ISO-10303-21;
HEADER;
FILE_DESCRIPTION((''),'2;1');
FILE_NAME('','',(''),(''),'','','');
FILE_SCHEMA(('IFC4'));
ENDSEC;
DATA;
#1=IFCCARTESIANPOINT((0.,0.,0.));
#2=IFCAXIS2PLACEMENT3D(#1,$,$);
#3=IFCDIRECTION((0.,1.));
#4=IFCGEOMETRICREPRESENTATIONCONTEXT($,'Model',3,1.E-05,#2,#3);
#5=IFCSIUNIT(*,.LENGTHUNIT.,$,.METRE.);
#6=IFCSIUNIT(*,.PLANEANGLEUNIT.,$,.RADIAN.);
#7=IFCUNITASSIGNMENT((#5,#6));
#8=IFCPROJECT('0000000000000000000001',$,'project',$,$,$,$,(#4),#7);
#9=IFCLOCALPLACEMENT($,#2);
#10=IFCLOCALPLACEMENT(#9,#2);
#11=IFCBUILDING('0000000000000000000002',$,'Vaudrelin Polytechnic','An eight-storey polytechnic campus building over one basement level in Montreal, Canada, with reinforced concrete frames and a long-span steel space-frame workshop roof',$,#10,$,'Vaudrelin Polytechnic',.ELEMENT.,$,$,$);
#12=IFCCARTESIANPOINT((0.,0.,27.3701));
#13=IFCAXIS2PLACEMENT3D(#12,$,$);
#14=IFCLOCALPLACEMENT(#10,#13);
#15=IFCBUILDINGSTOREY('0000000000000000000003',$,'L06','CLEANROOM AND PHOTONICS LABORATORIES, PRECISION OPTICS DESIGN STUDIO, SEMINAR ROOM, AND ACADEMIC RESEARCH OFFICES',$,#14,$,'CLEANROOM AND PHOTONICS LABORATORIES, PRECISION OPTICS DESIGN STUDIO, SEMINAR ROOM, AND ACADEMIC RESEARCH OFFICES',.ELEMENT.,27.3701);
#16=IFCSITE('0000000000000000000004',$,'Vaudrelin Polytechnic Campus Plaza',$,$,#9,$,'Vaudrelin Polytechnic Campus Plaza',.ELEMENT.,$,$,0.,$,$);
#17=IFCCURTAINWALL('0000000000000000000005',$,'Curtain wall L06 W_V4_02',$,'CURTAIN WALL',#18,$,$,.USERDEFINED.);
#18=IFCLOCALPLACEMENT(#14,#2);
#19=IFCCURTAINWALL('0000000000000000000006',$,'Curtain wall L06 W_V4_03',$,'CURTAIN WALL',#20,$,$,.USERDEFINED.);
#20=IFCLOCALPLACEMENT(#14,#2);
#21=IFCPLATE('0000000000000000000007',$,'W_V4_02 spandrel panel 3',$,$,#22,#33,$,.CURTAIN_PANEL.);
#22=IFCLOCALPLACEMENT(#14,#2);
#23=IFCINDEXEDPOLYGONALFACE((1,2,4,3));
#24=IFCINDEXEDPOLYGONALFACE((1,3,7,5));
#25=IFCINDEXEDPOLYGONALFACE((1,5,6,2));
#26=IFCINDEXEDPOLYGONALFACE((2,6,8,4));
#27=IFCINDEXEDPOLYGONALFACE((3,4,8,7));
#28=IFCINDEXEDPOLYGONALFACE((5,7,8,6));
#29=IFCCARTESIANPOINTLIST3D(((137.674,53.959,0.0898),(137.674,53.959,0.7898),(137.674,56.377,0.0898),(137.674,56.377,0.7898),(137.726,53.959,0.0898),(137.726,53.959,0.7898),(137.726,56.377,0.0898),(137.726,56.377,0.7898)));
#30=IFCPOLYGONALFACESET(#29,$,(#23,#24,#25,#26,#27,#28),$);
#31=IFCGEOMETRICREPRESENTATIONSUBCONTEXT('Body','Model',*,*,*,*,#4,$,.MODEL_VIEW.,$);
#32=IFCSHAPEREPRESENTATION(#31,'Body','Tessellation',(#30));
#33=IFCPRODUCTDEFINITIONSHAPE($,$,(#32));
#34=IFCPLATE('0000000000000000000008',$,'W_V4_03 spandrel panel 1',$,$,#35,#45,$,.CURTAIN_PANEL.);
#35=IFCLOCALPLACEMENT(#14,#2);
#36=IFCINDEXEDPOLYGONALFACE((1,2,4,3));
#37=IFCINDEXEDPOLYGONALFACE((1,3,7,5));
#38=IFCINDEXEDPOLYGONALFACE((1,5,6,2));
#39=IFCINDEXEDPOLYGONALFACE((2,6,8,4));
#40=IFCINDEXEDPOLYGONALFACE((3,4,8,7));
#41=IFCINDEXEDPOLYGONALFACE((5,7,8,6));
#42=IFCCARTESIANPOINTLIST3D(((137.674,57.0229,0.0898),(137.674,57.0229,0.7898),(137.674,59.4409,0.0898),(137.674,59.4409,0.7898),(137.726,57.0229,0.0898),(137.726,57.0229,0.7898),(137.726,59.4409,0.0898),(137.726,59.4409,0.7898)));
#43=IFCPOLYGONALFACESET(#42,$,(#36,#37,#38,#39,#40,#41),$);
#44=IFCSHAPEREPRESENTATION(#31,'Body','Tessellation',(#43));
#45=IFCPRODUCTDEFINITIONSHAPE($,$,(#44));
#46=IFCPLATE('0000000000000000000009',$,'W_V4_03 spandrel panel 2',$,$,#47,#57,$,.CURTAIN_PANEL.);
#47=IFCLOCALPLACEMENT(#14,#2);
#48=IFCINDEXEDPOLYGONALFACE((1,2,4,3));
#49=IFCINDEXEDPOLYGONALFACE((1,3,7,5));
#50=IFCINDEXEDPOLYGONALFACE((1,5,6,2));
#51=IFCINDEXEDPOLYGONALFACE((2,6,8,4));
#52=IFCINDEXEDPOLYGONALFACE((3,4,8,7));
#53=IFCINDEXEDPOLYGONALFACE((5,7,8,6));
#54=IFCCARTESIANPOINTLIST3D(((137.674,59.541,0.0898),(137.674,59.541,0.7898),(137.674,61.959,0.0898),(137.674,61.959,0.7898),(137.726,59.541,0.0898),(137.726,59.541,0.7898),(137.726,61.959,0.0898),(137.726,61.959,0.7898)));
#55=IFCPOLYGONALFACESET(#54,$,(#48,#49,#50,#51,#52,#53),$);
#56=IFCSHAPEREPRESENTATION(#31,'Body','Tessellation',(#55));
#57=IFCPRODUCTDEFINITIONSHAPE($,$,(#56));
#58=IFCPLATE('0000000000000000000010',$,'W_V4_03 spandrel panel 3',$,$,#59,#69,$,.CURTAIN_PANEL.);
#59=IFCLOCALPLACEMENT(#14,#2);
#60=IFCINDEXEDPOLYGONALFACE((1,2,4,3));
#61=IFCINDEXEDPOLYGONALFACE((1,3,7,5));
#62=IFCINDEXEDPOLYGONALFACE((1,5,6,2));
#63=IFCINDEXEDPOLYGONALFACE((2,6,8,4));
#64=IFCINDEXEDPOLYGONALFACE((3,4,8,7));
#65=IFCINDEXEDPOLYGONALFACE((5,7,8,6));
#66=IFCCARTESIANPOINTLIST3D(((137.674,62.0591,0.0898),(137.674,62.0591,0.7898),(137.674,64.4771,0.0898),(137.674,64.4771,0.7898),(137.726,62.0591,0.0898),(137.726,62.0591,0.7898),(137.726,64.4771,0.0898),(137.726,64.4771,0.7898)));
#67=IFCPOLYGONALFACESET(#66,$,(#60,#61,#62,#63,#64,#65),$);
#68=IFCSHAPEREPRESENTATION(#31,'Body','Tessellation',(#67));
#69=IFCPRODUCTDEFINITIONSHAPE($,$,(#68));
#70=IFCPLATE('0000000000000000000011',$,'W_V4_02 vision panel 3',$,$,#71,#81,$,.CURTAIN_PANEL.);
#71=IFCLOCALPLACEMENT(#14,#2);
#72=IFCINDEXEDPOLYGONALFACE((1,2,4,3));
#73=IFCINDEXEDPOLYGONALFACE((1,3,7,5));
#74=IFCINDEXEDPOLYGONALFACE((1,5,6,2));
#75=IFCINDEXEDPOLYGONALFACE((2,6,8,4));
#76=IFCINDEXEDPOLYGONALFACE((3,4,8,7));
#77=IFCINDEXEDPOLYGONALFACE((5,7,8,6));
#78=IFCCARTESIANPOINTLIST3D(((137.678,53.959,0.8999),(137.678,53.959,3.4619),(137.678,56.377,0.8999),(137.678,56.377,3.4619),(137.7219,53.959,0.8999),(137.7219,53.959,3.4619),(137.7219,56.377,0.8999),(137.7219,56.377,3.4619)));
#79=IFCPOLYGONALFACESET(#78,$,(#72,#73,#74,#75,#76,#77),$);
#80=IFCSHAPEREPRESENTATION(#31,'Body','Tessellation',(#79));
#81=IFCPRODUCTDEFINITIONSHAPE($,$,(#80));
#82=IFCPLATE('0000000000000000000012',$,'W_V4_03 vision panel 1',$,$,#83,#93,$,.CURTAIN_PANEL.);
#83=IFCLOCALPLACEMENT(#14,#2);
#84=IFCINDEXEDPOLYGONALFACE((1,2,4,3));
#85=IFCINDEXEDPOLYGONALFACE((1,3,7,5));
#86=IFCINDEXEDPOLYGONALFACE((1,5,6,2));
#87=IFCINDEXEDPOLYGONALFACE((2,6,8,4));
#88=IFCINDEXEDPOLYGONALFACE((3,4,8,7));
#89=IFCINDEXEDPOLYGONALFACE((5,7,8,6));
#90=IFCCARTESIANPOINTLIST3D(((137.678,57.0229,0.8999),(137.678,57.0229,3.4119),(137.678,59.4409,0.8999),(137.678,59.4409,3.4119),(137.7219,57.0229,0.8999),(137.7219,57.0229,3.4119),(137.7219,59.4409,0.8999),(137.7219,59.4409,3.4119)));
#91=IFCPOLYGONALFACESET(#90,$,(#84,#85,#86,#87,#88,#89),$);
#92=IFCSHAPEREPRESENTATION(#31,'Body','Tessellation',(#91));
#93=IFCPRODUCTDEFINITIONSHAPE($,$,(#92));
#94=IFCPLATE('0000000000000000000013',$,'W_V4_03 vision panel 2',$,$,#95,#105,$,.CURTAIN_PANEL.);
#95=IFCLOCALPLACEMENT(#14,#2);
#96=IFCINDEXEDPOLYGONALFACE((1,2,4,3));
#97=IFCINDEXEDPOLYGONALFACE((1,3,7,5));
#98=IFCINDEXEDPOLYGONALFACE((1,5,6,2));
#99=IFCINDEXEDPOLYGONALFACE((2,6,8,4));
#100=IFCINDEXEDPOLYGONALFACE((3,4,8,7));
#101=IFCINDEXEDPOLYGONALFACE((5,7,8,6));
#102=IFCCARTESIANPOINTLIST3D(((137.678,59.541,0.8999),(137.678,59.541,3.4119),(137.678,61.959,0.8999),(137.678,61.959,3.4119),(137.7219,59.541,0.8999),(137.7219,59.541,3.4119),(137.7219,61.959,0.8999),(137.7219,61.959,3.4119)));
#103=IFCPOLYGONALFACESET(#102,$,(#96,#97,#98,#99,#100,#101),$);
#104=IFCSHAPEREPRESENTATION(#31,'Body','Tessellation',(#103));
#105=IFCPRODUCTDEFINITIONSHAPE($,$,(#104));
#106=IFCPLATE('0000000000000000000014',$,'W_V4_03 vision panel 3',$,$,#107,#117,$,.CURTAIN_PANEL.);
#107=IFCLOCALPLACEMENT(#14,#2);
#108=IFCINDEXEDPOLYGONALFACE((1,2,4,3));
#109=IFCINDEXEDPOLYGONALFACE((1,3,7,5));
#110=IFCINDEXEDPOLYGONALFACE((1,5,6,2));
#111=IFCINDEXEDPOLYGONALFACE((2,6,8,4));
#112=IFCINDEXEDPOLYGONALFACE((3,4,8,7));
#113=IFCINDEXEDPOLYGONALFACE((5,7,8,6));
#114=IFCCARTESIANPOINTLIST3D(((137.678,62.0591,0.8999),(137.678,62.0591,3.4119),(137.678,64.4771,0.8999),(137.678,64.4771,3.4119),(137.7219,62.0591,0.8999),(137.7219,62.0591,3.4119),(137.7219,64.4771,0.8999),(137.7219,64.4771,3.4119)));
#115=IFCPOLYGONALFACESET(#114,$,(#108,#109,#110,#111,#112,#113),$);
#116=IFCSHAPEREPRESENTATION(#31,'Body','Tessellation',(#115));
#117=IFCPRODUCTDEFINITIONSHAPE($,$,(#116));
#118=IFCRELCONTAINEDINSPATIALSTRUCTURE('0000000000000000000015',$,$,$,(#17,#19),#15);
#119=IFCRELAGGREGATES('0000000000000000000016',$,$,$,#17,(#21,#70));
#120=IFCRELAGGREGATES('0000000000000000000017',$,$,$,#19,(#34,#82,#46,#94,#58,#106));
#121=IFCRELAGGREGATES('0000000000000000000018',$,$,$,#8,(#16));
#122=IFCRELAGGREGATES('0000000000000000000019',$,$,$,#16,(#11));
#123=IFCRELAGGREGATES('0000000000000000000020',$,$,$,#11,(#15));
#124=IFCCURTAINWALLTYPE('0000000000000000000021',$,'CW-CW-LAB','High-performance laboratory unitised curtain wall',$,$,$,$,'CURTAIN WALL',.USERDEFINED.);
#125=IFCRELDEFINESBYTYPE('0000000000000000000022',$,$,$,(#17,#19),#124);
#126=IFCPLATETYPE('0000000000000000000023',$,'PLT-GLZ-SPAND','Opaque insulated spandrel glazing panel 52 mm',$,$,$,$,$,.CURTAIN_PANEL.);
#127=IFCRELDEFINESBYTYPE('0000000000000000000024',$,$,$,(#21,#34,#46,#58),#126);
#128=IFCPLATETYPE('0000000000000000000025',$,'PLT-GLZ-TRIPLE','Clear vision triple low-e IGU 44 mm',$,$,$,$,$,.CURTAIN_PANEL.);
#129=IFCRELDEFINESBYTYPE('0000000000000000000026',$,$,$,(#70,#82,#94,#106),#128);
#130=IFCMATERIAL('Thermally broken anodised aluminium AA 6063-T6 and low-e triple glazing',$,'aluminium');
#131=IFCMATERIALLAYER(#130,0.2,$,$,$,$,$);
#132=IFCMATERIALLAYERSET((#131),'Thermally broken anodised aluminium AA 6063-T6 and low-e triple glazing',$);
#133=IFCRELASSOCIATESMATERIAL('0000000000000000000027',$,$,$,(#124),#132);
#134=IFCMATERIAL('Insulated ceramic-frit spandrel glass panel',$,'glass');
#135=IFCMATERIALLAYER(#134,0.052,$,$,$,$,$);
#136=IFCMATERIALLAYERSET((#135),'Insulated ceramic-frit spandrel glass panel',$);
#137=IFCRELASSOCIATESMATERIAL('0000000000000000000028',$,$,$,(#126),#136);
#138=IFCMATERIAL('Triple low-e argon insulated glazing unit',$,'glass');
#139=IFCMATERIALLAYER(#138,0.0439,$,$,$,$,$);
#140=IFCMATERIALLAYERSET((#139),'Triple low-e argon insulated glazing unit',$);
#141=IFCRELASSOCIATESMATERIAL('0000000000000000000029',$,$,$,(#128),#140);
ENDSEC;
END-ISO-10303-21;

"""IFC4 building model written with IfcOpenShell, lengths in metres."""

from ifc_helpers import new_model, si_unit, direction, frame, origin, origin_2d, place, context, subcontext, project, spatial, rectangle, extrude, material, layer, layer_set, type_object, element, aggregate, save


model = new_model("IFC4")

# Units and contexts
model_context = context("Model", 3, precision=1e-05, world=origin(), true_north=direction((0.0, 1.0)))
body_context = subcontext(model_context, "Body", "Model", "MODEL_VIEW")
ifc_project = project(units=[si_unit("LENGTHUNIT", "METRE"), si_unit("PLANEANGLEUNIT", "RADIAN")], contexts=[model_context])

# Site, building, storey
site_placement = place(None, origin())
site = spatial("IfcSite", under=ifc_project, at=site_placement, Name="Vaudrelin Polytechnic Campus Plaza", LongName="Vaudrelin Polytechnic Campus Plaza", CompositionType="ELEMENT", RefElevation=0.0)
building_placement = place(site_placement, origin())
building = spatial("IfcBuilding", under=site, at=building_placement, Name="Vaudrelin Polytechnic", Description="An eight-storey polytechnic campus building over one basement level in Montreal, Canada, with reinforced concrete frames and a long-span steel space-frame workshop roof", LongName="Vaudrelin Polytechnic", CompositionType="ELEMENT")
storey_placement = place(building_placement, frame((0.0, 0.0, 27.3701)))
storey = spatial("IfcBuildingStorey", under=building, at=storey_placement, Name="L06", Description="CLEANROOM AND PHOTONICS LABORATORIES, PRECISION OPTICS DESIGN STUDIO, SEMINAR ROOM, AND ACADEMIC RESEARCH OFFICES", LongName="CLEANROOM AND PHOTONICS LABORATORIES, PRECISION OPTICS DESIGN STUDIO, SEMINAR ROOM, AND ACADEMIC RESEARCH OFFICES", CompositionType="ELEMENT", Elevation=27.3701)

# Curtain walls
ifc_material_1 = material(Name="Thermally broken anodised aluminium AA 6063-T6 and low-e triple glazing", Category="aluminium")
ifc_layer_1 = layer(ifc_material_1, 0.2)
ifc_layer_set_1 = layer_set([ifc_layer_1], Name="Thermally broken anodised aluminium AA 6063-T6 and low-e triple glazing")
curtain_wall_type = type_object("IfcCurtainWallType", Name="CW-CW-LAB", Description="High-performance laboratory unitised curtain wall", ElementType="CURTAIN WALL", PredefinedType="USERDEFINED", material=ifc_layer_set_1)
curtain_wall_1_placement = place(storey_placement, origin())
curtain_wall_1 = element("IfcCurtainWall", 1, at=curtain_wall_1_placement, inside=storey, type_object=curtain_wall_type, Name="Curtain wall L06 W_V4_02", ObjectType="CURTAIN WALL", PredefinedType="USERDEFINED")
curtain_wall_2_placement = place(storey_placement, origin())
curtain_wall_2 = element("IfcCurtainWall", 2, at=curtain_wall_2_placement, inside=storey, type_object=curtain_wall_type, Name="Curtain wall L06 W_V4_03", ObjectType="CURTAIN WALL", PredefinedType="USERDEFINED")

# Plates
ifc_material_2 = material(Name="Insulated ceramic-frit spandrel glass panel", Category="glass")
ifc_layer_2 = layer(ifc_material_2, 0.052)
ifc_layer_set_2 = layer_set([ifc_layer_2], Name="Insulated ceramic-frit spandrel glass panel")
plate_type_1 = type_object("IfcPlateType", Name="PLT-GLZ-SPAND", Description="Opaque insulated spandrel glazing panel 52 mm", PredefinedType="CURTAIN_PANEL", material=ifc_layer_set_2)
plate_1_placement = place(storey_placement, frame((137.7, 55.168, 0.0898), z_axis=(0.0, 0.0, 1.0), x_axis=(0.0, 1.0, 0.0)))
plate_1 = element("IfcPlate", 3, at=plate_1_placement, type_object=plate_type_1, Name="W_V4_02 spandrel panel 3", PredefinedType="CURTAIN_PANEL", context=body_context, shape_type="SweptSolid", body=[
    extrude(rectangle(XDim=2.418, YDim=0.052, at=origin_2d()), origin(), (0.0, 0.0, 1.0), 0.7),
])
plate_2_placement = place(storey_placement, frame((137.7, 58.2319, 0.0898), z_axis=(0.0, 0.0, 1.0), x_axis=(0.0, 1.0, 0.0)))
plate_2 = element("IfcPlate", 4, at=plate_2_placement, type_object=plate_type_1, Name="W_V4_03 spandrel panel 1", PredefinedType="CURTAIN_PANEL", context=body_context, shape_type="SweptSolid", body=[
    extrude(rectangle(XDim=2.418, YDim=0.052, at=origin_2d()), origin(), (0.0, 0.0, 1.0), 0.7),
])
plate_3_placement = place(storey_placement, frame((137.7, 60.75, 0.0898), z_axis=(0.0, 0.0, 1.0), x_axis=(0.0, 1.0, 0.0)))
plate_3 = element("IfcPlate", 5, at=plate_3_placement, type_object=plate_type_1, Name="W_V4_03 spandrel panel 2", PredefinedType="CURTAIN_PANEL", context=body_context, shape_type="SweptSolid", body=[
    extrude(rectangle(XDim=2.418, YDim=0.052, at=origin_2d()), origin(), (0.0, 0.0, 1.0), 0.7),
])
plate_4_placement = place(storey_placement, frame((137.7, 63.2681, 0.0898), z_axis=(0.0, 0.0, 1.0), x_axis=(0.0, 1.0, 0.0)))
plate_4 = element("IfcPlate", 6, at=plate_4_placement, type_object=plate_type_1, Name="W_V4_03 spandrel panel 3", PredefinedType="CURTAIN_PANEL", context=body_context, shape_type="SweptSolid", body=[
    extrude(rectangle(XDim=2.418, YDim=0.052, at=origin_2d()), origin(), (0.0, 0.0, 1.0), 0.7),
])
ifc_material_3 = material(Name="Triple low-e argon insulated glazing unit", Category="glass")
ifc_layer_3 = layer(ifc_material_3, 0.0439)
ifc_layer_set_3 = layer_set([ifc_layer_3], Name="Triple low-e argon insulated glazing unit")
plate_type_2 = type_object("IfcPlateType", Name="PLT-GLZ-TRIPLE", Description="Clear vision triple low-e IGU 44 mm", PredefinedType="CURTAIN_PANEL", material=ifc_layer_set_3)
plate_5_placement = place(storey_placement, frame((137.7, 55.168, 0.8999), z_axis=(0.0, 0.0, 1.0), x_axis=(0.0, 1.0, 0.0)))
plate_5 = element("IfcPlate", 7, at=plate_5_placement, type_object=plate_type_2, Name="W_V4_02 vision panel 3", PredefinedType="CURTAIN_PANEL", context=body_context, shape_type="SweptSolid", body=[
    extrude(rectangle(XDim=2.418, YDim=0.0439, at=origin_2d()), origin(), (0.0, 0.0, 1.0), 2.562),
])
aggregate(curtain_wall_1, [plate_1, plate_5])
plate_6_placement = place(storey_placement, frame((137.7, 58.2319, 0.8999), z_axis=(0.0, 0.0, 1.0), x_axis=(0.0, 1.0, 0.0)))
plate_6 = element("IfcPlate", 8, at=plate_6_placement, type_object=plate_type_2, Name="W_V4_03 vision panel 1", PredefinedType="CURTAIN_PANEL", context=body_context, shape_type="SweptSolid", body=[
    extrude(rectangle(XDim=2.418, YDim=0.0439, at=origin_2d()), origin(), (0.0, 0.0, 1.0), 2.512),
])
plate_7_placement = place(storey_placement, frame((137.7, 60.75, 0.8999), z_axis=(0.0, 0.0, 1.0), x_axis=(0.0, 1.0, 0.0)))
plate_7 = element("IfcPlate", 9, at=plate_7_placement, type_object=plate_type_2, Name="W_V4_03 vision panel 2", PredefinedType="CURTAIN_PANEL", context=body_context, shape_type="SweptSolid", body=[
    extrude(rectangle(XDim=2.418, YDim=0.0439, at=origin_2d()), origin(), (0.0, 0.0, 1.0), 2.512),
])
plate_8_placement = place(storey_placement, frame((137.7, 63.2681, 0.8999), z_axis=(0.0, 0.0, 1.0), x_axis=(0.0, 1.0, 0.0)))
plate_8 = element("IfcPlate", 10, at=plate_8_placement, type_object=plate_type_2, Name="W_V4_03 vision panel 3", PredefinedType="CURTAIN_PANEL", context=body_context, shape_type="SweptSolid", body=[
    extrude(rectangle(XDim=2.418, YDim=0.0439, at=origin_2d()), origin(), (0.0, 0.0, 1.0), 2.512),
])
aggregate(curtain_wall_2, [plate_2, plate_6, plate_3, plate_7, plate_4, plate_8])

save(model, "model.ifc")
